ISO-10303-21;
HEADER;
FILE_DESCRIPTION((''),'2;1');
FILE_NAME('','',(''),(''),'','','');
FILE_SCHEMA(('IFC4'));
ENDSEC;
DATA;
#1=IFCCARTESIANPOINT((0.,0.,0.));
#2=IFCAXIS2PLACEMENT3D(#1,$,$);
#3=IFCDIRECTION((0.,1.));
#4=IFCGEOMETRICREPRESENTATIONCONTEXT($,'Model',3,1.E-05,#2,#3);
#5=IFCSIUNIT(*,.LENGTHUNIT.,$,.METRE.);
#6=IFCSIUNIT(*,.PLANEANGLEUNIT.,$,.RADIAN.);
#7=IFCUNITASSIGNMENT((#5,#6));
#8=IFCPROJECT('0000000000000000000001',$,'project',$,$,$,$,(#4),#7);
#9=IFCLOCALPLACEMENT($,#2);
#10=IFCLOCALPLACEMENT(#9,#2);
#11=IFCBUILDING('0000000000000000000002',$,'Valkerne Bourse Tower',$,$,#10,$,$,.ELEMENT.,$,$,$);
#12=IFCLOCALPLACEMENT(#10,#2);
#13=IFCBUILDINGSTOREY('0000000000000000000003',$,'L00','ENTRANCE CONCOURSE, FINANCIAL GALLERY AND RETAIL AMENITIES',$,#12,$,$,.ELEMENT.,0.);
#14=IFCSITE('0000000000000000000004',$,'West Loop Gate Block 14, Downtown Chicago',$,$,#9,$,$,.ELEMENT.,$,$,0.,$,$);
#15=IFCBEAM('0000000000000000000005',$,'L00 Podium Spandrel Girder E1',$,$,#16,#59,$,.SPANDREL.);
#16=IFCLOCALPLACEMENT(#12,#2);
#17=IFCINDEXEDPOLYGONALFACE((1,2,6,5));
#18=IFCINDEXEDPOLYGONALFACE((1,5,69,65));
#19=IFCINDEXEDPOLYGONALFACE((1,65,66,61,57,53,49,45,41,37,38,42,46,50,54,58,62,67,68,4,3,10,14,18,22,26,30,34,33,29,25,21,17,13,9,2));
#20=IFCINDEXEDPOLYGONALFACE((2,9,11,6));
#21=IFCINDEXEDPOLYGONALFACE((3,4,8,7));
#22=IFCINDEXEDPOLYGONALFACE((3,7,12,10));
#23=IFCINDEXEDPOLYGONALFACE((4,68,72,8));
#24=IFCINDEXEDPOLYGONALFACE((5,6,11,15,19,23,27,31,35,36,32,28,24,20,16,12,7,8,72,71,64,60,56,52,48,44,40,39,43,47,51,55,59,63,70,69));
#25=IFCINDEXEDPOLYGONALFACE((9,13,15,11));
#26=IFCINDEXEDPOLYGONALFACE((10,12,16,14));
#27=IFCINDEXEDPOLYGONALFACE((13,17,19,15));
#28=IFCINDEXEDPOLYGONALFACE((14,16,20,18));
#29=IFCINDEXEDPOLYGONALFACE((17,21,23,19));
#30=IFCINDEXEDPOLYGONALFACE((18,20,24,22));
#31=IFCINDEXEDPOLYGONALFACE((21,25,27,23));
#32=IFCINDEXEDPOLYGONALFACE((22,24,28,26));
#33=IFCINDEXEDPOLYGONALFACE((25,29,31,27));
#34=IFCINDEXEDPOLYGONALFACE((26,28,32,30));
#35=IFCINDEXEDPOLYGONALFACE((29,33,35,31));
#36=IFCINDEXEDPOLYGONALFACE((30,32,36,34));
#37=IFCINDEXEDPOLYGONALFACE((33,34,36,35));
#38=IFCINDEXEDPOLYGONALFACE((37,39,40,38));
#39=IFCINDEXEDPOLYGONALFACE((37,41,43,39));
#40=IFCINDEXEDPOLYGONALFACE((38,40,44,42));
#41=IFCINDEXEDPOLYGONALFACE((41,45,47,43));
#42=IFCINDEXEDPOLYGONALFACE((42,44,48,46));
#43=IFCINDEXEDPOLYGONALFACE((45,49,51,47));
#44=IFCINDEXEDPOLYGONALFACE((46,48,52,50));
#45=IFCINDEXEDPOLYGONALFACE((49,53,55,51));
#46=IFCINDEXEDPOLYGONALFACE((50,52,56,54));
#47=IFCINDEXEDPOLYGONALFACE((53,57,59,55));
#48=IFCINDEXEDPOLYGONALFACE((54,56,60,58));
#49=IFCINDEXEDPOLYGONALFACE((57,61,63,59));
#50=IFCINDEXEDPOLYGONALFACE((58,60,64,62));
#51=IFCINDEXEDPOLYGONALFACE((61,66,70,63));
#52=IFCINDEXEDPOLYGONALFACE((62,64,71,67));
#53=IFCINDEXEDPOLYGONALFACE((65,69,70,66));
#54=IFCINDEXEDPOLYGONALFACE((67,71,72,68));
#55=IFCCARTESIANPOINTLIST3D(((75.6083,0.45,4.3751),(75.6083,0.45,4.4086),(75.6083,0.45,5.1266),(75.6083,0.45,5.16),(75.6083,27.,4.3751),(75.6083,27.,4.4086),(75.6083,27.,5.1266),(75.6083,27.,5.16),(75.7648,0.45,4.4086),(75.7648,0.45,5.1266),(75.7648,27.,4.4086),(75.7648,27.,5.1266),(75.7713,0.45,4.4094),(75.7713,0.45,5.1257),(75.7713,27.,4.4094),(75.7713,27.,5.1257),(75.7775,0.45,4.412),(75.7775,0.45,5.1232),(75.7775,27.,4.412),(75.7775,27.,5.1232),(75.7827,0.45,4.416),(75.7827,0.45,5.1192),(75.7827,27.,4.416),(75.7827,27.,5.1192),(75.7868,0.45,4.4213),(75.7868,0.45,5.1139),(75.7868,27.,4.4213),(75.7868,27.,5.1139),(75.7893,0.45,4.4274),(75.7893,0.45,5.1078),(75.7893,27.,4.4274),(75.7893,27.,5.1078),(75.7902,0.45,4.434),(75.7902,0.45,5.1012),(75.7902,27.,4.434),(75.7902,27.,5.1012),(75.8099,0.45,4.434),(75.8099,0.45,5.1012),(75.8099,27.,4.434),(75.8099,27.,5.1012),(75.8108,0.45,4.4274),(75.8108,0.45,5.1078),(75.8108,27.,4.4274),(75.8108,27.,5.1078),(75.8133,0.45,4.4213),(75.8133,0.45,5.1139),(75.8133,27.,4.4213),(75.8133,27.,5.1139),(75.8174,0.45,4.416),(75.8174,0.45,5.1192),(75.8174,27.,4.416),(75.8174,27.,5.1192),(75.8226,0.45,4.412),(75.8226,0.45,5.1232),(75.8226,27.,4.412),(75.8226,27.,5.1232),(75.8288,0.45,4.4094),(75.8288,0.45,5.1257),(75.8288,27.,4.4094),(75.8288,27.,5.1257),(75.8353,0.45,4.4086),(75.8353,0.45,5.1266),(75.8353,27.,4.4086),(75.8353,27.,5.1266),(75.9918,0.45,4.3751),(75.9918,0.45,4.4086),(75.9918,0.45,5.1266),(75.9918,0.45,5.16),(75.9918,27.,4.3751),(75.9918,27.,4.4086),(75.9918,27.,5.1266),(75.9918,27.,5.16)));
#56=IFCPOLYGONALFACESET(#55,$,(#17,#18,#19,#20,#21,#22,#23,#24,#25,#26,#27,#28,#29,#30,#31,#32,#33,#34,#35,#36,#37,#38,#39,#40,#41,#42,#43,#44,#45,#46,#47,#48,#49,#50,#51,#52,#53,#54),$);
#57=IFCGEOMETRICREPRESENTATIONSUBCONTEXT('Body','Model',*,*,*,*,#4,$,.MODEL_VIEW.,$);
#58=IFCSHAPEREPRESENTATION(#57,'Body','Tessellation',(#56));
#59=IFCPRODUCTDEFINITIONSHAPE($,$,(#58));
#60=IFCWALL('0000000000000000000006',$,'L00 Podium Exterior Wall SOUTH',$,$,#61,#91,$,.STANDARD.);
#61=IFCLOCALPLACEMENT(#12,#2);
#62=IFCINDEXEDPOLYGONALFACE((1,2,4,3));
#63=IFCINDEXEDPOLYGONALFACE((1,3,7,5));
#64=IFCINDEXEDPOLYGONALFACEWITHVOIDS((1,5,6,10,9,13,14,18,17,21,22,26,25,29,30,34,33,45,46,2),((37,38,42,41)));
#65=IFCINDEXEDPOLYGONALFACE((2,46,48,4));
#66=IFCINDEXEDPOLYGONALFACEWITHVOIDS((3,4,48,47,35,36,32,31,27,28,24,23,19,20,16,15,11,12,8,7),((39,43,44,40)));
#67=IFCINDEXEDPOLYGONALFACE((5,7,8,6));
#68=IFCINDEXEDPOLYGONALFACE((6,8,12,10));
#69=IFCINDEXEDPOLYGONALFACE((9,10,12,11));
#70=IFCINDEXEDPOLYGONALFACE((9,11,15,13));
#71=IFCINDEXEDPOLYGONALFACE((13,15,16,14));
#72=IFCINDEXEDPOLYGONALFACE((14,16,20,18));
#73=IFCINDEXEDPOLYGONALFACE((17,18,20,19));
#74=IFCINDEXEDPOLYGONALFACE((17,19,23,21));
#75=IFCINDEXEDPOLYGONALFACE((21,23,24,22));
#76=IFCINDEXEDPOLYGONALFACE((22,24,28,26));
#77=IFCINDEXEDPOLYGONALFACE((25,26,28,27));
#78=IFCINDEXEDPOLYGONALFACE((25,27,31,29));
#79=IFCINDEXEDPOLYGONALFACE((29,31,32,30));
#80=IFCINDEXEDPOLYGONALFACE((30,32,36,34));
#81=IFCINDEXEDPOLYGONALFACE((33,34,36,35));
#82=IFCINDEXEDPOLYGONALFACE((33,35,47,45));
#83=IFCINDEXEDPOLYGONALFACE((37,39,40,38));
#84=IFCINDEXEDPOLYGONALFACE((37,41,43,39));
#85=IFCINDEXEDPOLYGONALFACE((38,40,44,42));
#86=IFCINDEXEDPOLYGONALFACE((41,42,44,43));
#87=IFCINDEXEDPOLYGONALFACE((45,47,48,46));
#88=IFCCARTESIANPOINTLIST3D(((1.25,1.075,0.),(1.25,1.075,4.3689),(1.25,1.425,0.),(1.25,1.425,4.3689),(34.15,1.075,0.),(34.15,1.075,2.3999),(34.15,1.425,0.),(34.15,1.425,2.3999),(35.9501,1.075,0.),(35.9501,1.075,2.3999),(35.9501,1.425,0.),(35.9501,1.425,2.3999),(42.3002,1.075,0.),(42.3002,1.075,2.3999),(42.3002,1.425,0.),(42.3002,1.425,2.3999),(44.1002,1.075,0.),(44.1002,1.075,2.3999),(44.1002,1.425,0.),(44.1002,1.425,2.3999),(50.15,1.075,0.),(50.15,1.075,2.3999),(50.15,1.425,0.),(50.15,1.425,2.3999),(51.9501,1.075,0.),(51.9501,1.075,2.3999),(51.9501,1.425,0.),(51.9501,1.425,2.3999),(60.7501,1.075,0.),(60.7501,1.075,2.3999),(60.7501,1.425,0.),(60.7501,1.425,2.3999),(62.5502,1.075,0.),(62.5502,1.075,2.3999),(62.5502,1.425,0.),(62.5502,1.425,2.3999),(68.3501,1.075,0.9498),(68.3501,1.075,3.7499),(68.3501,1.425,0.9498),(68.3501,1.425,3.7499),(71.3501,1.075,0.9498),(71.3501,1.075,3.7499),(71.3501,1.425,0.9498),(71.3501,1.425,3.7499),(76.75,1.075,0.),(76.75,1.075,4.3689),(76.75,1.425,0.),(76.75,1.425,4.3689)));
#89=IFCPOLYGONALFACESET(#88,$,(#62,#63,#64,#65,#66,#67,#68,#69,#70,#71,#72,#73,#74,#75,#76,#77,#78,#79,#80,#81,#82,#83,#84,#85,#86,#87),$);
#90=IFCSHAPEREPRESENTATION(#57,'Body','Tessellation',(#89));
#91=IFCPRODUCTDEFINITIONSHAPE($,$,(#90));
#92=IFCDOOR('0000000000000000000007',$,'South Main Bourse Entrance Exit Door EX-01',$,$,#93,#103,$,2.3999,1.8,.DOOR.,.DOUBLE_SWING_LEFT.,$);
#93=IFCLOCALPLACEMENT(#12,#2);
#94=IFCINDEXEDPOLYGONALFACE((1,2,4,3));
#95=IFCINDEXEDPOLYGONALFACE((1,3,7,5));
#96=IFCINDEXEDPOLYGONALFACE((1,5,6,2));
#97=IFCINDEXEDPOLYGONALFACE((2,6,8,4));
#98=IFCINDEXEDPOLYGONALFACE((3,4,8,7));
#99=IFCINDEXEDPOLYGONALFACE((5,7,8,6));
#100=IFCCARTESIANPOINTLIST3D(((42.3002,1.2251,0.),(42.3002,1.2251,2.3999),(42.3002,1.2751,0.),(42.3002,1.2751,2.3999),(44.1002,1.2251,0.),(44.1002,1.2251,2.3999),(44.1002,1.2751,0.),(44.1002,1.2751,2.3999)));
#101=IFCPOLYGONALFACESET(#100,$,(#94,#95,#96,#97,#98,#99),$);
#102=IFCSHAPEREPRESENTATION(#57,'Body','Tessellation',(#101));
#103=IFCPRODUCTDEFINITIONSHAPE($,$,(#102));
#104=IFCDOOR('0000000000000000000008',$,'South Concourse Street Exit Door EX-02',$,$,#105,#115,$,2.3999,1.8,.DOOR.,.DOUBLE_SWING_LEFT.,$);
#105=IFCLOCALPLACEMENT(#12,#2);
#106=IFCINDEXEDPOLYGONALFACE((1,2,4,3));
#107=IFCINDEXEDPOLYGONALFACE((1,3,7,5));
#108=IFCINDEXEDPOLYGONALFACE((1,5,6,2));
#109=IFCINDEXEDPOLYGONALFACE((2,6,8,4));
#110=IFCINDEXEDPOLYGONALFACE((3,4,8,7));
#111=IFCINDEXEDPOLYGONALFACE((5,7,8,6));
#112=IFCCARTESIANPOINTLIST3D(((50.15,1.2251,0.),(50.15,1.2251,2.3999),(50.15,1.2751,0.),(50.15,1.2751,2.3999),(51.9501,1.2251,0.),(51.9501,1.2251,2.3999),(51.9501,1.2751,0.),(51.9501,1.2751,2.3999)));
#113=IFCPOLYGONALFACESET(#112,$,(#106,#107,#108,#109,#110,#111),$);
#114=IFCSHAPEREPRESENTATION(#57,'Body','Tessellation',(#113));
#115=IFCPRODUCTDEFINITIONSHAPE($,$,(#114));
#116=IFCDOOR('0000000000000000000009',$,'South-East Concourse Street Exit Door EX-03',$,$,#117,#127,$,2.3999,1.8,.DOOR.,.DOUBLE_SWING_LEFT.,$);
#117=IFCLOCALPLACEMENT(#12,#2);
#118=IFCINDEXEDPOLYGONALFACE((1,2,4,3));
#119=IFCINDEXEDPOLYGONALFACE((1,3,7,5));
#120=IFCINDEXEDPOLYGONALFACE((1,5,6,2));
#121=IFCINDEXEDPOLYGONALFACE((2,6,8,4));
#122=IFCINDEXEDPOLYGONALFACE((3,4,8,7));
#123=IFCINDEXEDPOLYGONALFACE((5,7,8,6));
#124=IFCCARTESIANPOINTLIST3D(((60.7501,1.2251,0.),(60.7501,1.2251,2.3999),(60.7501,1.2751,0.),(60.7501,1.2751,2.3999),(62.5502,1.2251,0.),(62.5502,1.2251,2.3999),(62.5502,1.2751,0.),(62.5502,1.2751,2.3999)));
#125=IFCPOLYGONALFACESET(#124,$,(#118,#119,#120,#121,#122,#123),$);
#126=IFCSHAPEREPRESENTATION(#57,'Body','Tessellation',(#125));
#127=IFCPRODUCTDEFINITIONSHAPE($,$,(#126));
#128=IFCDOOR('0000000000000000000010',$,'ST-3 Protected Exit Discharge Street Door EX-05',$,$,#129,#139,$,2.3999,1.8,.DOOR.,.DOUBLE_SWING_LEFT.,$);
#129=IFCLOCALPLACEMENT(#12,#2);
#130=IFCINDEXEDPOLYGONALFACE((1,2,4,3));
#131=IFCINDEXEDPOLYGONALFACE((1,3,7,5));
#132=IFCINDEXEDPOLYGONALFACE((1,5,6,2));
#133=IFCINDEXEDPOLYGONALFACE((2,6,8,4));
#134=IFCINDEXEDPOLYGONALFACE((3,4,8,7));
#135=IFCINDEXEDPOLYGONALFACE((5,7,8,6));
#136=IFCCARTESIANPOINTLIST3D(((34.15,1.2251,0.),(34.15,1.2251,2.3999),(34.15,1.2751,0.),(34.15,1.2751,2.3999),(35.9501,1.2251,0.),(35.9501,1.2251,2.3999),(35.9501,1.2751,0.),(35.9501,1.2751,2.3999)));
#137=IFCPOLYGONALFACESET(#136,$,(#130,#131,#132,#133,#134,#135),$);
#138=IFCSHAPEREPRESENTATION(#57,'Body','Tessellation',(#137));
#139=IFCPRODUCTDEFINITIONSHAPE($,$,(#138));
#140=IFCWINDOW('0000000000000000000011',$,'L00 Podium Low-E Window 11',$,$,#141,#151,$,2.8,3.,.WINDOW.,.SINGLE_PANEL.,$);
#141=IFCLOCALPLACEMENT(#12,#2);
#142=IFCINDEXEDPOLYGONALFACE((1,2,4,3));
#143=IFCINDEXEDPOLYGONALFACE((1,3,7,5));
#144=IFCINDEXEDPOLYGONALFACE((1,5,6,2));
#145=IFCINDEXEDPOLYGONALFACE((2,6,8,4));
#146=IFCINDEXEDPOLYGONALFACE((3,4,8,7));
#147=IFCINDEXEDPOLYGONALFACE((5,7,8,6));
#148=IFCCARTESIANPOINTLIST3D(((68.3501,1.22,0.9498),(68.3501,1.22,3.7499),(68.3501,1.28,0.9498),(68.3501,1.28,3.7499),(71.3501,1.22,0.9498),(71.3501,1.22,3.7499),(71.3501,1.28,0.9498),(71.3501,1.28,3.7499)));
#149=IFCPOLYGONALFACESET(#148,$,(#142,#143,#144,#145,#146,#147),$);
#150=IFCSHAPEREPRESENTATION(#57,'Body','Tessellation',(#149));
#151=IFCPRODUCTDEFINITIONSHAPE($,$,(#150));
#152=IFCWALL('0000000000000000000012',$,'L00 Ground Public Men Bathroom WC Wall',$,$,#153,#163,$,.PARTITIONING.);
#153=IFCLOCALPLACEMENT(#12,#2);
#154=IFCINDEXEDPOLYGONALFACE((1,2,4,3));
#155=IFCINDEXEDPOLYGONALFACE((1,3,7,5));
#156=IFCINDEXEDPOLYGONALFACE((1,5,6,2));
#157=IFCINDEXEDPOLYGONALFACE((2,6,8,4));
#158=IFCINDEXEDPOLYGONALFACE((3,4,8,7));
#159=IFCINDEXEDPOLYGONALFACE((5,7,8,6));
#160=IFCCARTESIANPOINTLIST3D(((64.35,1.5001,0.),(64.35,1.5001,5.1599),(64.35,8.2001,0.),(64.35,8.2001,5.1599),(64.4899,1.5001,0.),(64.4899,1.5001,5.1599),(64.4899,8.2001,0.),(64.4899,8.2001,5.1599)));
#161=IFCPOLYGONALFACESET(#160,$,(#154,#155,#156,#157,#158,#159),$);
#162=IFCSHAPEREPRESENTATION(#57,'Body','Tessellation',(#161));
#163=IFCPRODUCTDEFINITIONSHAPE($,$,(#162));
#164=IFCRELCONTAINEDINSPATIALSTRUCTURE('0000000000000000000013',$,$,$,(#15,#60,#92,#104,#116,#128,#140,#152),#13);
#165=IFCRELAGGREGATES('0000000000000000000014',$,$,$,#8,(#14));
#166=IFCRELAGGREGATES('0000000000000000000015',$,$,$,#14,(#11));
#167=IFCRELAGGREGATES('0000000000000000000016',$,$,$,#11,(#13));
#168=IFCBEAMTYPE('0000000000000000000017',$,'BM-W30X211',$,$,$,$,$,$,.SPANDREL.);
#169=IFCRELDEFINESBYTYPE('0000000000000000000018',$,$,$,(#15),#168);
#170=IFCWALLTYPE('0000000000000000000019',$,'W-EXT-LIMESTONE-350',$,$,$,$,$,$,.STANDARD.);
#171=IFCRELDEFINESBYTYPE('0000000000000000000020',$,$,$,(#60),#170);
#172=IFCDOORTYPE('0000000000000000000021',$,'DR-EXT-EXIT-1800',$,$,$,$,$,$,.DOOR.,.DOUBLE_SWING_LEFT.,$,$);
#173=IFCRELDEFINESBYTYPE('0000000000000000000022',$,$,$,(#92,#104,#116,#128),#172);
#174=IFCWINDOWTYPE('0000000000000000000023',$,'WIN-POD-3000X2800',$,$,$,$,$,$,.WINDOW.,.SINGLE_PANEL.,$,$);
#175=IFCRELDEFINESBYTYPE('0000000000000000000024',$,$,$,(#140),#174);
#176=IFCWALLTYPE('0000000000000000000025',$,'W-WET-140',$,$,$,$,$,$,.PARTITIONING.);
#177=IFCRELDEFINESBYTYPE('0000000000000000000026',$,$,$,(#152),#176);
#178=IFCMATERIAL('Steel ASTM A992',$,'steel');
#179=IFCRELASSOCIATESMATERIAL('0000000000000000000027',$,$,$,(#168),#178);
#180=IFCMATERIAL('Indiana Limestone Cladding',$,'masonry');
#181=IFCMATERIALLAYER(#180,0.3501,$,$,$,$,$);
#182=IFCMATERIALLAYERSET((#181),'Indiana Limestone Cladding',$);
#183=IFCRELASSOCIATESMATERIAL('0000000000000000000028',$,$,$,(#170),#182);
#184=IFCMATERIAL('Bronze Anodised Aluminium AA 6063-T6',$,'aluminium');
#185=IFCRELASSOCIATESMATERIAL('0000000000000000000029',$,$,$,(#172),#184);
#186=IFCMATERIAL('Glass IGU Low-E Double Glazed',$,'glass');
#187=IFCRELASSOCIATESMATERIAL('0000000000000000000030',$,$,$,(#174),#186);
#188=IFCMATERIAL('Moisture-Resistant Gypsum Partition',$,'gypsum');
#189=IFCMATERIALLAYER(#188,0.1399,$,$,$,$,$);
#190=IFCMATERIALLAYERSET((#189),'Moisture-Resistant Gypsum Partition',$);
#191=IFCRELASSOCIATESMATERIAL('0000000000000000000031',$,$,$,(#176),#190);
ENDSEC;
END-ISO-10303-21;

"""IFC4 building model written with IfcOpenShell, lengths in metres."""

from ifc_helpers import new_model, si_unit, direction, frame, frame_2d, origin, origin_2d, place, context, subcontext, project, spatial, rectangle, i_section, extrude, material, layer, layer_set, material_profile, profile_set, type_object, element, fill, save


model = new_model("IFC4")

# Units and contexts
model_context = context("Model", 3, precision=1e-05, world=origin(), true_north=direction((0.0, 1.0)))
body_context = subcontext(model_context, "Body", "Model", "MODEL_VIEW")
ifc_project = project(units=[si_unit("LENGTHUNIT", "METRE"), si_unit("PLANEANGLEUNIT", "RADIAN")], contexts=[model_context])

# Site, building, storey
site_placement = place(None, origin())
site = spatial("IfcSite", under=ifc_project, at=site_placement, Name="West Loop Gate Block 14, Downtown Chicago", CompositionType="ELEMENT", RefElevation=0.0)
building_placement = place(site_placement, origin())
building = spatial("IfcBuilding", under=site, at=building_placement, Name="Valkerne Bourse Tower", CompositionType="ELEMENT")
storey_placement = place(building_placement, origin())
storey = spatial("IfcBuildingStorey", under=building, at=storey_placement, Name="L00", Description="ENTRANCE CONCOURSE, FINANCIAL GALLERY AND RETAIL AMENITIES", CompositionType="ELEMENT", Elevation=0.0)

# Beam
ifc_material_1 = material(Name="Steel ASTM A992", Category="steel")
ifc_material_profile_1 = material_profile(ifc_material_1, i_section(OverallWidth=0.3835, OverallDepth=0.7849, WebThickness=0.0198, FlangeThickness=0.0334, FilletRadius=0.0254, at=origin_2d()), Name="W30X211")
ifc_profile_set_1 = profile_set([ifc_material_profile_1], Name="Steel ASTM A992")
beam_type_1 = type_object("IfcBeamType", Name="BM-W30X211", PredefinedType="SPANDREL", material=ifc_profile_set_1)
beam_1_placement = place(storey_placement, frame((75.8, 0.45, 4.7676), z_axis=(0.0, 1.0, 0.0), x_axis=(-1.0, 0.0, 0.0)))
element("IfcBeam", 1, at=beam_1_placement, inside=storey, type_object=beam_type_1, Name="L00 Podium Spandrel Girder E1", PredefinedType="SPANDREL", context=body_context, shape_type="SweptSolid", body=[
    extrude(i_section(OverallWidth=0.3835, OverallDepth=0.7849, WebThickness=0.0198, FlangeThickness=0.0334, FilletRadius=0.0254, at=origin_2d()), origin(), (0.0, 0.0, 1.0), 26.55),
])

# Wall, openings, doors, window
ifc_material_2 = material(Name="Indiana Limestone Cladding", Category="masonry")
ifc_layer_1 = layer(ifc_material_2, 0.3501)
ifc_layer_set_1 = layer_set([ifc_layer_1], Name="Indiana Limestone Cladding")
wall_type_1 = type_object("IfcWallType", Name="W-EXT-LIMESTONE-350", PredefinedType="STANDARD", material=ifc_layer_set_1)
wall_1_placement = place(storey_placement, frame((76.75, 1.25, 0.0), z_axis=(0.0, 0.0, 1.0), x_axis=(-1.0, 0.0, 0.0)))
wall_1 = element("IfcWall", 2, at=wall_1_placement, inside=storey, type_object=wall_type_1, Name="L00 Podium Exterior Wall SOUTH", PredefinedType="STANDARD", context=body_context, shape_type="SweptSolid", body=[
    extrude(rectangle(XDim=75.5, YDim=0.3501, at=frame_2d((37.75, 0.0))), origin(), (0.0, 0.0, 1.0), 4.3689),
])
opening_1_placement = place(wall_1_placement, frame((32.6499, 0.0, 0.0)))
opening_1 = element("IfcOpeningElement", 3, at=opening_1_placement, cuts=wall_1, PredefinedType="OPENING", context=body_context, shape_type="SweptSolid", body=[
    extrude(rectangle(XDim=1.8, YDim=2.3999, at=frame_2d((0.8999, 1.2))), frame((0.0, 0.1851, 0.0), z_axis=(0.0, -1.0, 0.0), x_axis=(1.0, 0.0, 0.0)), (0.0, 0.0, 1.0), 0.3701),
])
opening_2_placement = place(wall_1_placement, frame((24.8, 0.0, 0.0)))
opening_2 = element("IfcOpeningElement", 4, at=opening_2_placement, cuts=wall_1, PredefinedType="OPENING", context=body_context, shape_type="SweptSolid", body=[
    extrude(rectangle(XDim=1.8, YDim=2.3999, at=frame_2d((0.8999, 1.2))), frame((0.0, 0.1851, 0.0), z_axis=(0.0, -1.0, 0.0), x_axis=(1.0, 0.0, 0.0)), (0.0, 0.0, 1.0), 0.3701),
])
opening_3_placement = place(wall_1_placement, frame((14.2, 0.0, 0.0)))
opening_3 = element("IfcOpeningElement", 5, at=opening_3_placement, cuts=wall_1, PredefinedType="OPENING", context=body_context, shape_type="SweptSolid", body=[
    extrude(rectangle(XDim=1.8, YDim=2.3999, at=frame_2d((0.8999, 1.2))), frame((0.0, 0.1851, 0.0), z_axis=(0.0, -1.0, 0.0), x_axis=(1.0, 0.0, 0.0)), (0.0, 0.0, 1.0), 0.3701),
])
opening_4_placement = place(wall_1_placement, frame((40.8, 0.0, 0.0)))
opening_4 = element("IfcOpeningElement", 6, at=opening_4_placement, cuts=wall_1, PredefinedType="OPENING", context=body_context, shape_type="SweptSolid", body=[
    extrude(rectangle(XDim=1.8, YDim=2.3999, at=frame_2d((0.8999, 1.2))), frame((0.0, 0.1851, 0.0), z_axis=(0.0, -1.0, 0.0), x_axis=(1.0, 0.0, 0.0)), (0.0, 0.0, 1.0), 0.3701),
])
opening_5_placement = place(wall_1_placement, frame((5.3999, 0.0, 0.95)))
opening_5 = element("IfcOpeningElement", 7, at=opening_5_placement, cuts=wall_1, PredefinedType="OPENING", context=body_context, shape_type="SweptSolid", body=[
    extrude(rectangle(XDim=3.0, YDim=2.8, at=frame_2d((1.5, 1.3999))), frame((0.0, 0.1851, 0.0), z_axis=(0.0, -1.0, 0.0), x_axis=(1.0, 0.0, 0.0)), (0.0, 0.0, 1.0), 0.3701),
])
ifc_material_3 = material(Name="Bronze Anodised Aluminium AA 6063-T6", Category="aluminium")
door_type_1 = type_object("IfcDoorType", Name="DR-EXT-EXIT-1800", OperationType="DOUBLE_SWING_LEFT", PredefinedType="DOOR", material=ifc_material_3)
door_1_placement = place(opening_1_placement, origin())
door_1 = element("IfcDoor", 8, at=door_1_placement, inside=storey, type_object=door_type_1, Name="South Main Bourse Entrance Exit Door EX-01", OperationType="DOUBLE_SWING_LEFT", OverallHeight=2.3999, OverallWidth=1.8, PredefinedType="DOOR", context=body_context, shape_type="SweptSolid", body=[
    extrude(rectangle(XDim=1.8, YDim=2.3999, at=frame_2d((0.8999, 1.2))), frame((0.0, 0.0249, 0.0), z_axis=(0.0, -1.0, 0.0), x_axis=(1.0, 0.0, 0.0)), (0.0, 0.0, 1.0), 0.05),
])
fill(opening_1, door_1)
door_2_placement = place(opening_2_placement, origin())
door_2 = element("IfcDoor", 9, at=door_2_placement, inside=storey, type_object=door_type_1, Name="South Concourse Street Exit Door EX-02", OperationType="DOUBLE_SWING_LEFT", OverallHeight=2.3999, OverallWidth=1.8, PredefinedType="DOOR", context=body_context, shape_type="SweptSolid", body=[
    extrude(rectangle(XDim=1.8, YDim=2.3999, at=frame_2d((0.8999, 1.2))), frame((0.0, 0.0249, 0.0), z_axis=(0.0, -1.0, 0.0), x_axis=(1.0, 0.0, 0.0)), (0.0, 0.0, 1.0), 0.05),
])
fill(opening_2, door_2)
door_3_placement = place(opening_3_placement, origin())
door_3 = element("IfcDoor", 10, at=door_3_placement, inside=storey, type_object=door_type_1, Name="South-East Concourse Street Exit Door EX-03", OperationType="DOUBLE_SWING_LEFT", OverallHeight=2.3999, OverallWidth=1.8, PredefinedType="DOOR", context=body_context, shape_type="SweptSolid", body=[
    extrude(rectangle(XDim=1.8, YDim=2.3999, at=frame_2d((0.8999, 1.2))), frame((0.0, 0.0249, 0.0), z_axis=(0.0, -1.0, 0.0), x_axis=(1.0, 0.0, 0.0)), (0.0, 0.0, 1.0), 0.05),
])
fill(opening_3, door_3)
door_4_placement = place(opening_4_placement, origin())
door_4 = element("IfcDoor", 11, at=door_4_placement, inside=storey, type_object=door_type_1, Name="ST-3 Protected Exit Discharge Street Door EX-05", OperationType="DOUBLE_SWING_LEFT", OverallHeight=2.3999, OverallWidth=1.8, PredefinedType="DOOR", context=body_context, shape_type="SweptSolid", body=[
    extrude(rectangle(XDim=1.8, YDim=2.3999, at=frame_2d((0.8999, 1.2))), frame((0.0, 0.0249, 0.0), z_axis=(0.0, -1.0, 0.0), x_axis=(1.0, 0.0, 0.0)), (0.0, 0.0, 1.0), 0.05),
])
fill(opening_4, door_4)
ifc_material_4 = material(Name="Glass IGU Low-E Double Glazed", Category="glass")
window_type = type_object("IfcWindowType", Name="WIN-POD-3000X2800", PartitioningType="SINGLE_PANEL", PredefinedType="WINDOW", material=ifc_material_4)
window_placement = place(opening_5_placement, origin())
window = element("IfcWindow", 12, at=window_placement, inside=storey, type_object=window_type, Name="L00 Podium Low-E Window 11", OverallHeight=2.8, OverallWidth=3.0, PartitioningType="SINGLE_PANEL", PredefinedType="WINDOW", context=body_context, shape_type="SweptSolid", body=[
    extrude(rectangle(XDim=3.0, YDim=2.8, at=frame_2d((1.5, 1.3999))), frame((0.0, 0.03, 0.0), z_axis=(0.0, -1.0, 0.0), x_axis=(1.0, 0.0, 0.0)), (0.0, 0.0, 1.0), 0.0601),
])
fill(opening_5, window)

# Wall
ifc_material_5 = material(Name="Moisture-Resistant Gypsum Partition", Category="gypsum")
ifc_layer_2 = layer(ifc_material_5, 0.1399)
ifc_layer_set_2 = layer_set([ifc_layer_2], Name="Moisture-Resistant Gypsum Partition")
wall_type_2 = type_object("IfcWallType", Name="W-WET-140", PredefinedType="PARTITIONING", material=ifc_layer_set_2)
for number, where, z_axis, x_axis, name in (
    (13, (64.4199, 1.5, 0.0), (0.0, 0.0, 1.0), (0.0, 1.0, 0.0), "L00 Ground Public Men Bathroom WC Wall"),
):
    element("IfcWall", number, at=place(storey_placement, frame(where, z_axis=z_axis, x_axis=x_axis)), inside=storey, type_object=wall_type_2, Name=name, PredefinedType="PARTITIONING", context=body_context, shape_type="SweptSolid", body=[
        extrude(rectangle(XDim=6.7, YDim=0.1399, at=frame_2d((3.3501, 0.0))), origin(), (0.0, 0.0, 1.0), 5.1599),
    ])

save(model, "model.ifc")
